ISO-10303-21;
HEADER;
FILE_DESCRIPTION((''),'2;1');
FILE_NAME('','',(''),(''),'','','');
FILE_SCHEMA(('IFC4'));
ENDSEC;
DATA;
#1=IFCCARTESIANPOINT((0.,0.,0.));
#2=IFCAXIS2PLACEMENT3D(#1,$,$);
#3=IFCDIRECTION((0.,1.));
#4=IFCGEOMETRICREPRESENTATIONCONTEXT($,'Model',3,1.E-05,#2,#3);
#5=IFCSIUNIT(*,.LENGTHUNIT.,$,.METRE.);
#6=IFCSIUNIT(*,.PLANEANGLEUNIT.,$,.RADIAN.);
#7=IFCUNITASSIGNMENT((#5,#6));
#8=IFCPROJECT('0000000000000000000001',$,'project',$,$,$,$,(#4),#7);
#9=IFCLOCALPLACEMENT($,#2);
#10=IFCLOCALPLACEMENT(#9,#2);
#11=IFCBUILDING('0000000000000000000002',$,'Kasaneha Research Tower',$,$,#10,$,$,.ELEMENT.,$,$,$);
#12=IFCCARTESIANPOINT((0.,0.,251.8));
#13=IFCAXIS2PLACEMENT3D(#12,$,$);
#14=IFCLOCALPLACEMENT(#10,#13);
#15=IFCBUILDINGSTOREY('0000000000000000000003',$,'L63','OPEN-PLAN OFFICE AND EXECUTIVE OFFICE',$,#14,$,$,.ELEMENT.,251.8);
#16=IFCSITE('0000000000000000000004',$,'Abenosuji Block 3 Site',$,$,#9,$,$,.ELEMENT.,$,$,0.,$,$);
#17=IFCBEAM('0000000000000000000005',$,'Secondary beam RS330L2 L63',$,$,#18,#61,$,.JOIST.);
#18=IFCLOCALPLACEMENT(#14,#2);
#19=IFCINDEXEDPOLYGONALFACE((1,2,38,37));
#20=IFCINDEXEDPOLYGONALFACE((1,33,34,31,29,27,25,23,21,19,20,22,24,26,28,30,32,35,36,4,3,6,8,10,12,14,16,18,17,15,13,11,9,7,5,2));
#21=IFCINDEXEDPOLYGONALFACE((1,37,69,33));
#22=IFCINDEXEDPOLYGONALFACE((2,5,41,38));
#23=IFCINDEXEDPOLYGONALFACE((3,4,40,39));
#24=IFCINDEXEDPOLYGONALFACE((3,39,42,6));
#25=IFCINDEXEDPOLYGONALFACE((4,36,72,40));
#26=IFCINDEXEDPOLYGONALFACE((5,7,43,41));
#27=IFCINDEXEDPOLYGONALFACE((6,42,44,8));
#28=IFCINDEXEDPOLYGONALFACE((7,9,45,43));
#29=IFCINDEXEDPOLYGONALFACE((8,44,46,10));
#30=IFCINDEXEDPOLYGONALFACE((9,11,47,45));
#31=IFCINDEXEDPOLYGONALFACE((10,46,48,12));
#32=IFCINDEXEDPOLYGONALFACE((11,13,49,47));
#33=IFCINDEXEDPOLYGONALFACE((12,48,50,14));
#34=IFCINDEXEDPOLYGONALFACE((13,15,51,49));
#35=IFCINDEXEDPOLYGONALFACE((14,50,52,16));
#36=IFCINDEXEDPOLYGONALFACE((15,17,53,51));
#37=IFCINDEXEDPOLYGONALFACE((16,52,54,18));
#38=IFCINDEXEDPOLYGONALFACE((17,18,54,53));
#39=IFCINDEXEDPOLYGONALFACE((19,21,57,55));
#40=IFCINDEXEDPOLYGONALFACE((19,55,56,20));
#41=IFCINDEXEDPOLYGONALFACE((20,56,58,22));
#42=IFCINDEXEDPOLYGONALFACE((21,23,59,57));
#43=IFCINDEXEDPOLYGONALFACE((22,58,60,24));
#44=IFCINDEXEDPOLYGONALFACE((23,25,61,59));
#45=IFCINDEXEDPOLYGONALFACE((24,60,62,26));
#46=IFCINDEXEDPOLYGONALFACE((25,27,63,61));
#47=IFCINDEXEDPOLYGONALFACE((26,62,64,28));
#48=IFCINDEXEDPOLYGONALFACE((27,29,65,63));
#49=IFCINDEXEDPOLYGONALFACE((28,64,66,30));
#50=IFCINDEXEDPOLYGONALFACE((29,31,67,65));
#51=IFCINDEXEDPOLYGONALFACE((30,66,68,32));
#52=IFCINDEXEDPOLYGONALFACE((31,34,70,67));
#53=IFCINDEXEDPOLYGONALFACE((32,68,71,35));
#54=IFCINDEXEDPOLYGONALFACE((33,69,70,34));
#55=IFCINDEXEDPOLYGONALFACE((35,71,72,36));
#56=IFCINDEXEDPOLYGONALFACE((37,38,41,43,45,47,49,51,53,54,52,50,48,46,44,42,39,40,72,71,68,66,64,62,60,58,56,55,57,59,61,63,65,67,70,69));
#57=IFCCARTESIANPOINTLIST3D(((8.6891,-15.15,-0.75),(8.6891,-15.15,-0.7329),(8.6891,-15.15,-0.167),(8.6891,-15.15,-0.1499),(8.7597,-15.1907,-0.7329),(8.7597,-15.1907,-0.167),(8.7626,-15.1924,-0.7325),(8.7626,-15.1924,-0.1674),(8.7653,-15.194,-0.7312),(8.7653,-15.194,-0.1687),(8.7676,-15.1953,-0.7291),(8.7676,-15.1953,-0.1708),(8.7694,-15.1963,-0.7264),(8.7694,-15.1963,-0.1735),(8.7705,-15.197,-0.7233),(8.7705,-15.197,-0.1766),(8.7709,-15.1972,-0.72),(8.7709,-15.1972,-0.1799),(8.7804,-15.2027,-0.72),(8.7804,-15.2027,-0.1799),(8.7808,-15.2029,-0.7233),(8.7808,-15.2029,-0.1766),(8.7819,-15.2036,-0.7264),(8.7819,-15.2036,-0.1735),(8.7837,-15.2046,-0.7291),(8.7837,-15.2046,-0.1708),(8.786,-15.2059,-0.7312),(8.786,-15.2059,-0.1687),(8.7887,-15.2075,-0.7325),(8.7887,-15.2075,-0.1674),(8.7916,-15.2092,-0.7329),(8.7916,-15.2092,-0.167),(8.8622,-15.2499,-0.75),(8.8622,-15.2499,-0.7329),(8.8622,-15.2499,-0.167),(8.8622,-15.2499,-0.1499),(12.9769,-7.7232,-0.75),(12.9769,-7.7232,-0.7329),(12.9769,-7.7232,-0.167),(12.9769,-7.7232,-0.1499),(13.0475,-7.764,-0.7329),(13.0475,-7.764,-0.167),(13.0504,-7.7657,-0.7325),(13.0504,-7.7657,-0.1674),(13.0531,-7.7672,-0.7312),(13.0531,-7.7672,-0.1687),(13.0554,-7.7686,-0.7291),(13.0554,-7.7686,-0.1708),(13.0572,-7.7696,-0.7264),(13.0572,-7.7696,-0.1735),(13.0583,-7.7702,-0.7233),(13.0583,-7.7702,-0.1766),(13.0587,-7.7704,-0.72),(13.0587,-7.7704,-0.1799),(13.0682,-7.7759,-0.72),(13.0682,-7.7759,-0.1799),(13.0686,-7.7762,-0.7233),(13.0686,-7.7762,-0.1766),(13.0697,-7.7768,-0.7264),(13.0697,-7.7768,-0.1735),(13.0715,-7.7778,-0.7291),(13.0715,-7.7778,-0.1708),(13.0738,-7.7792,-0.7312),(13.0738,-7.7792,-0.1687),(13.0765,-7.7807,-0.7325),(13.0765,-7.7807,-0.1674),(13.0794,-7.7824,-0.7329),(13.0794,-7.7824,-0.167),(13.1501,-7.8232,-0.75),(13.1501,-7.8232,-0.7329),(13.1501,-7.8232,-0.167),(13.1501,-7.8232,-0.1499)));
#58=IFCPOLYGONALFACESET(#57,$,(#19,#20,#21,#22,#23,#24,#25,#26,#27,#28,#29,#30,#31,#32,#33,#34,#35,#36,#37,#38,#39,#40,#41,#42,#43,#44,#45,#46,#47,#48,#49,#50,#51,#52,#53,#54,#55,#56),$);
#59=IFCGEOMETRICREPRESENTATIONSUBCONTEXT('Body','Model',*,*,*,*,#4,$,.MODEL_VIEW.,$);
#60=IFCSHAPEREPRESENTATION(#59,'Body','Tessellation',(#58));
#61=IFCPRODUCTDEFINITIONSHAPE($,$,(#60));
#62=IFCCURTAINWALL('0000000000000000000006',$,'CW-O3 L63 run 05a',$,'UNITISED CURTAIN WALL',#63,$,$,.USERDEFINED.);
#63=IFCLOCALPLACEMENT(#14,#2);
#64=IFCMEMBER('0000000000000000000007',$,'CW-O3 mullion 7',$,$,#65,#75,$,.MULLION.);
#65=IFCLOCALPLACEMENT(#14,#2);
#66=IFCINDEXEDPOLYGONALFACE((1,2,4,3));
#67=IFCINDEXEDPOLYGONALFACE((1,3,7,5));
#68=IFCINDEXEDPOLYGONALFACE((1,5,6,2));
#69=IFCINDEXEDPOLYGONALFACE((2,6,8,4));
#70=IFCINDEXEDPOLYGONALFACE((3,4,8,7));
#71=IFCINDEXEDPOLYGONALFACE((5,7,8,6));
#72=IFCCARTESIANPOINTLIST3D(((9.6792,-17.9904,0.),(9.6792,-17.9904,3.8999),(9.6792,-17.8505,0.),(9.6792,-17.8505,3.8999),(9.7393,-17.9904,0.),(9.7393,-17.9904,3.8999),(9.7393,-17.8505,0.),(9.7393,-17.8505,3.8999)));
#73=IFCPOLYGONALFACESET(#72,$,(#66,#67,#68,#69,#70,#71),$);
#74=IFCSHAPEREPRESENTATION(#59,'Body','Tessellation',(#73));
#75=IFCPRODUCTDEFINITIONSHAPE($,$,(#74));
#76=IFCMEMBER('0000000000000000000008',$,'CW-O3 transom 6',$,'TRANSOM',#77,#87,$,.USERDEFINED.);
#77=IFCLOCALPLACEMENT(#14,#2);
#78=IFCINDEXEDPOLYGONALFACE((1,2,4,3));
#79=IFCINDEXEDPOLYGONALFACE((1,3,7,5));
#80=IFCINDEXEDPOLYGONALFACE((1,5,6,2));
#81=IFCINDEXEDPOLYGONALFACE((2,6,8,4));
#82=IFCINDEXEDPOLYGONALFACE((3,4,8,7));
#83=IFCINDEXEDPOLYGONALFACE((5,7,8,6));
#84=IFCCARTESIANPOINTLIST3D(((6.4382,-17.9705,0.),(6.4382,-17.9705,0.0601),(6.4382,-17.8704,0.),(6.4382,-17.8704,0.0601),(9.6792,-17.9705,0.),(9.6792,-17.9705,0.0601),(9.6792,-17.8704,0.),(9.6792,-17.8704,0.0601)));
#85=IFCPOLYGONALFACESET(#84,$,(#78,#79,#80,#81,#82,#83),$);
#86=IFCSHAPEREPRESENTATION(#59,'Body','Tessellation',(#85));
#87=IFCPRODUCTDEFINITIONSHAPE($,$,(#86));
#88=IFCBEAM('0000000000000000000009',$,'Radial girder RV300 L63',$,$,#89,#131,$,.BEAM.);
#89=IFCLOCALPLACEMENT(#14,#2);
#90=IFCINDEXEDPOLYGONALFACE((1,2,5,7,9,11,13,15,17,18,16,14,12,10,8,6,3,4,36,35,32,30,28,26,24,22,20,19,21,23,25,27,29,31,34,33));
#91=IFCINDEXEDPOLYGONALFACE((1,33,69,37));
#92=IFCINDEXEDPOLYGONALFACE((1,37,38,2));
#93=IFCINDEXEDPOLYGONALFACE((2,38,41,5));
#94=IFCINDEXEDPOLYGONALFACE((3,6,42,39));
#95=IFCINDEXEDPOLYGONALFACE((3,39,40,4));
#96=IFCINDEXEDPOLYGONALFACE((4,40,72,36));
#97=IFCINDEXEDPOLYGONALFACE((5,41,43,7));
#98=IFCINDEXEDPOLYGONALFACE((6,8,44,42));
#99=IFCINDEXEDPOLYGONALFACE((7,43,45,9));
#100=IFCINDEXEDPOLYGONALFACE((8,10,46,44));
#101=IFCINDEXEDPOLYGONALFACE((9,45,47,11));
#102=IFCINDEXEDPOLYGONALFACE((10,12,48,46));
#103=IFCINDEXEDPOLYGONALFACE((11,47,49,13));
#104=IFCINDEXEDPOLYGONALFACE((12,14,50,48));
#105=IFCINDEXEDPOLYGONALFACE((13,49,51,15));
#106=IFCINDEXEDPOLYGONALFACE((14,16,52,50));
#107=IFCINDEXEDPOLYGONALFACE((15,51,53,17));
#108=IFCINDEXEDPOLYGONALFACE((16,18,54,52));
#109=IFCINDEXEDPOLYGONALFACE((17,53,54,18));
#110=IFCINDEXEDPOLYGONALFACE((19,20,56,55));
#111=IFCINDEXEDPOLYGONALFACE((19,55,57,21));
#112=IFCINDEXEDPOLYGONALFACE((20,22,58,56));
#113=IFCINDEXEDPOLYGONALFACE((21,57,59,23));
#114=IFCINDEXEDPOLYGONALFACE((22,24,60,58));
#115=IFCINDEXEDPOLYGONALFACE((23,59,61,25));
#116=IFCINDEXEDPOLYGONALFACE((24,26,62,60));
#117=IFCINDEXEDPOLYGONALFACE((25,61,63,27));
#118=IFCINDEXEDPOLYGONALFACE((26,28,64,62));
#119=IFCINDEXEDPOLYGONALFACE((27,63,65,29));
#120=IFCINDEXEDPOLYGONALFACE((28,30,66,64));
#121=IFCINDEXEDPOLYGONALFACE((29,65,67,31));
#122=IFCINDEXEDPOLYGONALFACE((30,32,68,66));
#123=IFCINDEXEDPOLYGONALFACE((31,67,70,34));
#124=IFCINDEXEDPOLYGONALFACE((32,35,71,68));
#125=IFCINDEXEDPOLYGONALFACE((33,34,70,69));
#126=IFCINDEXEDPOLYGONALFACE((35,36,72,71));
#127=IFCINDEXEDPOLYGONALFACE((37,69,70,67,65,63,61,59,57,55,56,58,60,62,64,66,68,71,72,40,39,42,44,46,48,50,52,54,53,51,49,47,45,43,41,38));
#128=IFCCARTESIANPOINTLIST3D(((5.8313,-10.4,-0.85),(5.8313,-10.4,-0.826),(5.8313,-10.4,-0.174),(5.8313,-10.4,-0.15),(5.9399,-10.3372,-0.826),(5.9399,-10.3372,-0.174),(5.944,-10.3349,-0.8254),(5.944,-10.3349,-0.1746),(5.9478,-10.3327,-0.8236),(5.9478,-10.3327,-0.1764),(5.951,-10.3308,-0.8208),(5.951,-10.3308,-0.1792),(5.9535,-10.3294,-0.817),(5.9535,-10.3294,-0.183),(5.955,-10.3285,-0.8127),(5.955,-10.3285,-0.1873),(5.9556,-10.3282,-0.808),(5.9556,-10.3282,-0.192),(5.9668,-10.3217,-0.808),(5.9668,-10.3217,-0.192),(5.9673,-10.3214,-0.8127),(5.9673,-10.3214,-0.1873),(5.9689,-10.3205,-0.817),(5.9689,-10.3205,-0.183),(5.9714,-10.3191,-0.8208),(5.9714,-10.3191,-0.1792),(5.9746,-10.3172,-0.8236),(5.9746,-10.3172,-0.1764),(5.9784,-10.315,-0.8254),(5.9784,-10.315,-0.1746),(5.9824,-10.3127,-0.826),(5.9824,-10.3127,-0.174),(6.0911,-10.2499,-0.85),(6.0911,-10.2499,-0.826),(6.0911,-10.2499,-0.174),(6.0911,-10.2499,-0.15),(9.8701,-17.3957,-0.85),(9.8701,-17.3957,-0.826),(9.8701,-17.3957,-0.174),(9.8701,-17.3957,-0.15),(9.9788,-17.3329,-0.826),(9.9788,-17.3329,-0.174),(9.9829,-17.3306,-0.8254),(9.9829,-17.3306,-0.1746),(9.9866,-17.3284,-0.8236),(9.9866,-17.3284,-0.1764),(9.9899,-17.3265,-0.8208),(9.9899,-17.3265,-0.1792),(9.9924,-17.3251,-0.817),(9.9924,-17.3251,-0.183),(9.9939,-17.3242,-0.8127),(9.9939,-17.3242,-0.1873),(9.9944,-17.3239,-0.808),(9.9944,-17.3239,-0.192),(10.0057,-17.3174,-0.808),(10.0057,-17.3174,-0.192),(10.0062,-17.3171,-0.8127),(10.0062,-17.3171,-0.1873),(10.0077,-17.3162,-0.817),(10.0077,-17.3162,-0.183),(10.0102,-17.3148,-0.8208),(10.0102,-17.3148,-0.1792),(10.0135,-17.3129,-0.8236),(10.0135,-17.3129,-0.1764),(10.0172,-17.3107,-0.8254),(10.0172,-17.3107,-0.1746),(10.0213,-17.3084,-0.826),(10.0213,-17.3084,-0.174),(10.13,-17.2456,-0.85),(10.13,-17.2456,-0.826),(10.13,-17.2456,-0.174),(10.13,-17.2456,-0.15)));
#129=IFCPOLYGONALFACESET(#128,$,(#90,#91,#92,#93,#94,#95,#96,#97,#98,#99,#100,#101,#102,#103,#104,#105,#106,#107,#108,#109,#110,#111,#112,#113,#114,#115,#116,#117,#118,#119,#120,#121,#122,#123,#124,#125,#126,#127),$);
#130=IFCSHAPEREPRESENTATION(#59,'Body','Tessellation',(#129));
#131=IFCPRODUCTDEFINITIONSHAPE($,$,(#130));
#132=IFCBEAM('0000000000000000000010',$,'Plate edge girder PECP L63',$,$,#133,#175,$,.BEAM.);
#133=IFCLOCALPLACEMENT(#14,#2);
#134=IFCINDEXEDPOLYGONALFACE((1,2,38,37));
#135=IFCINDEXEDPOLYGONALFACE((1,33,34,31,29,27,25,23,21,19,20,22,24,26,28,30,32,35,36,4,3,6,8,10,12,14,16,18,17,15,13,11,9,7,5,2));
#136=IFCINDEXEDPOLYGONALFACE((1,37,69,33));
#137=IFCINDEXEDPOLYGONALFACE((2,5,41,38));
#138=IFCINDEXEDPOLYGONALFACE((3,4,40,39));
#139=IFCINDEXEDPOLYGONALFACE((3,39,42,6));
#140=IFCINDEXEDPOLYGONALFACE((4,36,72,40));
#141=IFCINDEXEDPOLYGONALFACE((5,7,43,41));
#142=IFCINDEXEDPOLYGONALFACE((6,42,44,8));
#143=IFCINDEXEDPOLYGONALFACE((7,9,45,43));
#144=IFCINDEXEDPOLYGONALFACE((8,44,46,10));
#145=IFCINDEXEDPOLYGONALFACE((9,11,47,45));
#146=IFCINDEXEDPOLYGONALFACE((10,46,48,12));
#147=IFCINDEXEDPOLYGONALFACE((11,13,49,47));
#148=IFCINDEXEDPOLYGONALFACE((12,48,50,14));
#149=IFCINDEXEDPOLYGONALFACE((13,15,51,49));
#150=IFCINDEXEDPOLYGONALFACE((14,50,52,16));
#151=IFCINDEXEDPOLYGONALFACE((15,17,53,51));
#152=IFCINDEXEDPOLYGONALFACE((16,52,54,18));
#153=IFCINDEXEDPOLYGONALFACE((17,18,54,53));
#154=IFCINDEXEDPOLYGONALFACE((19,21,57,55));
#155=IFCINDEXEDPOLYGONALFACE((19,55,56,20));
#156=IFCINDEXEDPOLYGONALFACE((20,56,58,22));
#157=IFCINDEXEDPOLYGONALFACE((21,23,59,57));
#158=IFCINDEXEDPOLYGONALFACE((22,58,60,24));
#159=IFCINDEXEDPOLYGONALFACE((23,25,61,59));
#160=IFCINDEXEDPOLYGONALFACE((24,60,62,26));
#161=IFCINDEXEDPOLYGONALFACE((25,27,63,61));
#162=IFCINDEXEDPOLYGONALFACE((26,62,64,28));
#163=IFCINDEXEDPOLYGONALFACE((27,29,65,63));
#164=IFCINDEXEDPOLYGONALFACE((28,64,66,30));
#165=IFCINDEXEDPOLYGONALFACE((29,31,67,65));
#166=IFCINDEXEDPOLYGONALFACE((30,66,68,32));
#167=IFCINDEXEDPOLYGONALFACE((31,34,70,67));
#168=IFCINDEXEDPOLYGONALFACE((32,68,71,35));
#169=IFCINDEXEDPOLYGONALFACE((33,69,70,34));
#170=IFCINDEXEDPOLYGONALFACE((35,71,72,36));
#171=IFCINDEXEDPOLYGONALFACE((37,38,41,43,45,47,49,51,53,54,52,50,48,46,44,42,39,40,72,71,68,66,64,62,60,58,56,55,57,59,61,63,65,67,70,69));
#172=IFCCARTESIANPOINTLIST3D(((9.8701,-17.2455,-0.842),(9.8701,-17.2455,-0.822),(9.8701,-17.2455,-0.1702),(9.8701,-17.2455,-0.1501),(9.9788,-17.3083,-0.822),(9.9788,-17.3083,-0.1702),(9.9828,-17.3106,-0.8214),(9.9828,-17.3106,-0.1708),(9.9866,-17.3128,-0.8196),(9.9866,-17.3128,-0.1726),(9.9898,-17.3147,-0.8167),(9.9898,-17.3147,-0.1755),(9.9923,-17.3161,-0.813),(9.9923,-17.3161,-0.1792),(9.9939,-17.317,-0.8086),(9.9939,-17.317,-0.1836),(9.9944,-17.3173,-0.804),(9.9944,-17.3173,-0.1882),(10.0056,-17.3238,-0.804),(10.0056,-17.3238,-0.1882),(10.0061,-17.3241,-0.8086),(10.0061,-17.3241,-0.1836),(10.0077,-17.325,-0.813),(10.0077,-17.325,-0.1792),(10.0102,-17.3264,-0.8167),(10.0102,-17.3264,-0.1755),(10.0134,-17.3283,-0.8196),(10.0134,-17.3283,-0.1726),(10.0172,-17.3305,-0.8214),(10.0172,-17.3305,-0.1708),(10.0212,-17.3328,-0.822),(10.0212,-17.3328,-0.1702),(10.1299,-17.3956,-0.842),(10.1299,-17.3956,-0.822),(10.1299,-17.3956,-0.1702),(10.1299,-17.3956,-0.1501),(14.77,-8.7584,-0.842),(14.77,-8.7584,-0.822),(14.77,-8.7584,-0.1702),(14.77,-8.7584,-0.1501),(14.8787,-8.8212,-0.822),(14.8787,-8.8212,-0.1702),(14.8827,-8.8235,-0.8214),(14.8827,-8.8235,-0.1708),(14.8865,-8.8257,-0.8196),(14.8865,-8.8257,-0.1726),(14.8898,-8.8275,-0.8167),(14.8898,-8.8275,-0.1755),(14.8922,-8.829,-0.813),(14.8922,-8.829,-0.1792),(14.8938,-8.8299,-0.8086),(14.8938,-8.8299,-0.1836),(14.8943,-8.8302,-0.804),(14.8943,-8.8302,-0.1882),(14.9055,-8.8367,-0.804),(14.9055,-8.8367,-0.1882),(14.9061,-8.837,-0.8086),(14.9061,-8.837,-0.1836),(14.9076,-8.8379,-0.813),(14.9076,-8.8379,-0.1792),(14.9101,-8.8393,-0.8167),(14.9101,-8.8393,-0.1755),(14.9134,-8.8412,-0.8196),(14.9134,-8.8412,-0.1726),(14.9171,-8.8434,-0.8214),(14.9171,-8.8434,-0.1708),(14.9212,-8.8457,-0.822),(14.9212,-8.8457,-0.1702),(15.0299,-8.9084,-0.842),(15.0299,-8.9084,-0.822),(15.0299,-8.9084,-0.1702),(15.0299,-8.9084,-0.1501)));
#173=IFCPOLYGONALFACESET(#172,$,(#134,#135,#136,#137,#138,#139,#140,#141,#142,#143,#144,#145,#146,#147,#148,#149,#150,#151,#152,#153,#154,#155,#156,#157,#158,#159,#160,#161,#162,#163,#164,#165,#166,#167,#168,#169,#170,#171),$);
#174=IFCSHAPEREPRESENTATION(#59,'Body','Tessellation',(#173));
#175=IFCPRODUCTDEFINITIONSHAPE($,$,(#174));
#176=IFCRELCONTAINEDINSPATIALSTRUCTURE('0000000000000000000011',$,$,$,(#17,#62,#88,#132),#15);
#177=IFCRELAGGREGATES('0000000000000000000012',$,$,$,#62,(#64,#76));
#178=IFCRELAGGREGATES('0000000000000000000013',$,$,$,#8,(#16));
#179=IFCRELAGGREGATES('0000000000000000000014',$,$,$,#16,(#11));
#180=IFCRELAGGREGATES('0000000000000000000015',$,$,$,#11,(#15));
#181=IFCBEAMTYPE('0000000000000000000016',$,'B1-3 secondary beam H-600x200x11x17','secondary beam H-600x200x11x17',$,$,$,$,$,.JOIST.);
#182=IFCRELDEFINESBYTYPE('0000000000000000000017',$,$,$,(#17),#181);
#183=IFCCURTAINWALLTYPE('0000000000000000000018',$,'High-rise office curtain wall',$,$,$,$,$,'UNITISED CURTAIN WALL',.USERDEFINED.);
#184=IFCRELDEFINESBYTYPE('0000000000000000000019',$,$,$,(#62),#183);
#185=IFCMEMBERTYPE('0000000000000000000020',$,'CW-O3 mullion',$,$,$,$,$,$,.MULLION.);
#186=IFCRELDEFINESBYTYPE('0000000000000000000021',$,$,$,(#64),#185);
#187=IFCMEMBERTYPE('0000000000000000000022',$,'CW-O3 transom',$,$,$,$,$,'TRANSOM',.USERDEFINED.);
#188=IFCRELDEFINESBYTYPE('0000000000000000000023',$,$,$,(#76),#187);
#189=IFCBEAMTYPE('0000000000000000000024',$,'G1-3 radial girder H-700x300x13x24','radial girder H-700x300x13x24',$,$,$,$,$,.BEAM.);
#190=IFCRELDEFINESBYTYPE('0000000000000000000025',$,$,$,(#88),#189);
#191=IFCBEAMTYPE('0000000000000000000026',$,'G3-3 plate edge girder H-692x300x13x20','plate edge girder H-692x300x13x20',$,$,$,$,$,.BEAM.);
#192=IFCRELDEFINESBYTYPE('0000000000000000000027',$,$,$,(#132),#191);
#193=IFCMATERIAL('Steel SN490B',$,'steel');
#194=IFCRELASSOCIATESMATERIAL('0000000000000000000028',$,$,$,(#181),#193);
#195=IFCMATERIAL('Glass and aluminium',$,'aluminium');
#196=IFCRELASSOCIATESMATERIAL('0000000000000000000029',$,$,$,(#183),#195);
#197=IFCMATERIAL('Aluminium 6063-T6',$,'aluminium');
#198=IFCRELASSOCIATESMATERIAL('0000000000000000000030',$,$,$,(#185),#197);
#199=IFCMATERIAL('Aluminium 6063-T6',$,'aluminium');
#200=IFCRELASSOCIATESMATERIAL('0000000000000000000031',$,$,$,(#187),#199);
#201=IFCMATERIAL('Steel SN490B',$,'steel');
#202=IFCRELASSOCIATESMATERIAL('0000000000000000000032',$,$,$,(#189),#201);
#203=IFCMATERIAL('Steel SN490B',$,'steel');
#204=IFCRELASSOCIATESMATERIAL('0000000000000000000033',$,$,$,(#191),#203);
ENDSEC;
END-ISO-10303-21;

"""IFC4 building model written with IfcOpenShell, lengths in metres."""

from ifc_helpers import new_model, si_unit, direction, frame, origin, origin_2d, place, context, subcontext, project, spatial, rectangle, i_section, extrude, material, material_profile, profile_set, type_object, element, aggregate, save


model = new_model("IFC4")

# Units and contexts
model_context = context("Model", 3, precision=1e-05, world=origin(), true_north=direction((0.0, 1.0)))
body_context = subcontext(model_context, "Body", "Model", "MODEL_VIEW")
ifc_project = project(units=[si_unit("LENGTHUNIT", "METRE"), si_unit("PLANEANGLEUNIT", "RADIAN")], contexts=[model_context])

# Site, building, storey
site_placement = place(None, origin())
site = spatial("IfcSite", under=ifc_project, at=site_placement, Name="Abenosuji Block 3 Site", CompositionType="ELEMENT", RefElevation=0.0)
building_placement = place(site_placement, origin())
building = spatial("IfcBuilding", under=site, at=building_placement, Name="Kasaneha Research Tower", CompositionType="ELEMENT")
storey_placement = place(building_placement, frame((0.0, 0.0, 251.8)))
storey = spatial("IfcBuildingStorey", under=building, at=storey_placement, Name="L63", Description="OPEN-PLAN OFFICE AND EXECUTIVE OFFICE", CompositionType="ELEMENT", Elevation=251.8)

# Beam
ifc_material_1 = material(Name="Steel SN490B", Category="steel")
ifc_material_profile_1 = material_profile(ifc_material_1, i_section(OverallWidth=0.2, OverallDepth=0.6001, WebThickness=0.011, FlangeThickness=0.0171, FilletRadius=0.0129, at=origin_2d()), Name="H-600x200x11x17")
ifc_profile_set_1 = profile_set([ifc_material_profile_1], Name="Steel SN490B")
beam_type_1 = type_object("IfcBeamType", Name="B1-3 secondary beam H-600x200x11x17", Description="secondary beam H-600x200x11x17", PredefinedType="JOIST", material=ifc_profile_set_1)
beam_1_placement = place(storey_placement, frame((8.7756, -15.2, -0.45), z_axis=(0.5, 0.866025, 0.0), x_axis=(-0.866025, 0.5, 0.0)))
element("IfcBeam", 1, at=beam_1_placement, inside=storey, type_object=beam_type_1, Name="Secondary beam RS330L2 L63", PredefinedType="JOIST", context=body_context, shape_type="SweptSolid", body=[
    extrude(i_section(OverallWidth=0.2, OverallDepth=0.6001, WebThickness=0.011, FlangeThickness=0.0171, FilletRadius=0.0129, at=origin_2d()), origin(), (0.0, 0.0, 1.0), 8.5757),
])

# Curtain wall, members
ifc_material_2 = material(Name="Glass and aluminium", Category="aluminium")
curtain_wall_type = type_object("IfcCurtainWallType", Name="High-rise office curtain wall", ElementType="UNITISED CURTAIN WALL", PredefinedType="USERDEFINED", material=ifc_material_2)
curtain_wall_placement = place(storey_placement, origin())
curtain_wall = element("IfcCurtainWall", 2, at=curtain_wall_placement, inside=storey, type_object=curtain_wall_type, Name="CW-O3 L63 run 05a", ObjectType="UNITISED CURTAIN WALL", PredefinedType="USERDEFINED")
ifc_material_3 = material(Name="Aluminium 6063-T6", Category="aluminium")
ifc_material_profile_2 = material_profile(ifc_material_3, rectangle(XDim=0.0601, YDim=0.1399, at=origin_2d()), Name="CW-O3 mullion 60x140")
ifc_profile_set_2 = profile_set([ifc_material_profile_2], Name="Aluminium 6063-T6")
member_type_1 = type_object("IfcMemberType", Name="CW-O3 mullion", PredefinedType="MULLION", material=ifc_profile_set_2)
member_1_placement = place(storey_placement, frame((9.7092, -17.9204, 0.0), z_axis=(0.0, 0.0, 1.0), x_axis=(1.0, 0.0, 0.0)))
member_1 = element("IfcMember", 3, at=member_1_placement, type_object=member_type_1, Name="CW-O3 mullion 7", PredefinedType="MULLION", context=body_context, shape_type="SweptSolid", body=[
    extrude(rectangle(XDim=0.0601, YDim=0.1399, at=origin_2d()), origin(), (0.0, 0.0, 1.0), 3.8999),
])
ifc_material_4 = material(Name="Aluminium 6063-T6", Category="aluminium")
ifc_material_profile_3 = material_profile(ifc_material_4, rectangle(XDim=0.1001, YDim=0.0601, at=origin_2d()), Name="CW-O3 transom 100x60")
ifc_profile_set_3 = profile_set([ifc_material_profile_3], Name="Aluminium 6063-T6")
member_type_2 = type_object("IfcMemberType", Name="CW-O3 transom", ElementType="TRANSOM", PredefinedType="USERDEFINED", material=ifc_profile_set_3)
member_2_placement = place(storey_placement, frame((6.4382, -17.9204, 0.03), z_axis=(1.0, 0.0, 0.0), x_axis=(0.0, 1.0, 0.0)))
member_2 = element("IfcMember", 4, at=member_2_placement, type_object=member_type_2, Name="CW-O3 transom 6", ObjectType="TRANSOM", PredefinedType="USERDEFINED", context=body_context, shape_type="SweptSolid", body=[
    extrude(rectangle(XDim=0.1001, YDim=0.0601, at=origin_2d()), origin(), (0.0, 0.0, 1.0), 3.241),
])

# Beams
ifc_material_5 = material(Name="Steel SN490B", Category="steel")
ifc_material_profile_4 = material_profile(ifc_material_5, i_section(OverallWidth=0.3, OverallDepth=0.7, WebThickness=0.0129, FlangeThickness=0.0239, FilletRadius=0.0181, at=origin_2d()), Name="H-700x300x13x24")
ifc_profile_set_4 = profile_set([ifc_material_profile_4], Name="Steel SN490B")
beam_type_2 = type_object("IfcBeamType", Name="G1-3 radial girder H-700x300x13x24", Description="radial girder H-700x300x13x24", PredefinedType="BEAM", material=ifc_profile_set_4)
beam_2_placement = place(storey_placement, frame((5.9612, -10.325, -0.5), z_axis=(0.499991, -0.866031, 0.0), x_axis=(0.866031, 0.499991, 0.0)))
element("IfcBeam", 5, at=beam_2_placement, inside=storey, type_object=beam_type_2, Name="Radial girder RV300 L63", PredefinedType="BEAM", context=body_context, shape_type="SweptSolid", body=[
    extrude(i_section(OverallWidth=0.3, OverallDepth=0.7, WebThickness=0.0129, FlangeThickness=0.0239, FilletRadius=0.0181, at=origin_2d()), origin(), (0.0, 0.0, 1.0), 8.0779),
])
ifc_material_6 = material(Name="Steel SN490B", Category="steel")
ifc_material_profile_5 = material_profile(ifc_material_6, i_section(OverallWidth=0.3, OverallDepth=0.6919, WebThickness=0.0129, FlangeThickness=0.02, FilletRadius=0.0181, at=origin_2d()), Name="H-692x300x13x20")
ifc_profile_set_5 = profile_set([ifc_material_profile_5], Name="Steel SN490B")
beam_type_3 = type_object("IfcBeamType", Name="G3-3 plate edge girder H-692x300x13x20", Description="plate edge girder H-692x300x13x20", PredefinedType="BEAM", material=ifc_profile_set_5)
beam_3_placement = place(storey_placement, frame((10.0, -17.3206, -0.4961), z_axis=(0.499992, 0.86603, 0.0), x_axis=(-0.86603, 0.499992, 0.0)))
element("IfcBeam", 6, at=beam_3_placement, inside=storey, type_object=beam_type_3, Name="Plate edge girder PECP L63", PredefinedType="BEAM", context=body_context, shape_type="SweptSolid", body=[
    extrude(i_section(OverallWidth=0.3, OverallDepth=0.6919, WebThickness=0.0129, FlangeThickness=0.02, FilletRadius=0.0181, at=origin_2d()), origin(), (0.0, 0.0, 1.0), 9.8),
])

aggregate(curtain_wall, [member_1, member_2])

save(model, "model.ifc")
